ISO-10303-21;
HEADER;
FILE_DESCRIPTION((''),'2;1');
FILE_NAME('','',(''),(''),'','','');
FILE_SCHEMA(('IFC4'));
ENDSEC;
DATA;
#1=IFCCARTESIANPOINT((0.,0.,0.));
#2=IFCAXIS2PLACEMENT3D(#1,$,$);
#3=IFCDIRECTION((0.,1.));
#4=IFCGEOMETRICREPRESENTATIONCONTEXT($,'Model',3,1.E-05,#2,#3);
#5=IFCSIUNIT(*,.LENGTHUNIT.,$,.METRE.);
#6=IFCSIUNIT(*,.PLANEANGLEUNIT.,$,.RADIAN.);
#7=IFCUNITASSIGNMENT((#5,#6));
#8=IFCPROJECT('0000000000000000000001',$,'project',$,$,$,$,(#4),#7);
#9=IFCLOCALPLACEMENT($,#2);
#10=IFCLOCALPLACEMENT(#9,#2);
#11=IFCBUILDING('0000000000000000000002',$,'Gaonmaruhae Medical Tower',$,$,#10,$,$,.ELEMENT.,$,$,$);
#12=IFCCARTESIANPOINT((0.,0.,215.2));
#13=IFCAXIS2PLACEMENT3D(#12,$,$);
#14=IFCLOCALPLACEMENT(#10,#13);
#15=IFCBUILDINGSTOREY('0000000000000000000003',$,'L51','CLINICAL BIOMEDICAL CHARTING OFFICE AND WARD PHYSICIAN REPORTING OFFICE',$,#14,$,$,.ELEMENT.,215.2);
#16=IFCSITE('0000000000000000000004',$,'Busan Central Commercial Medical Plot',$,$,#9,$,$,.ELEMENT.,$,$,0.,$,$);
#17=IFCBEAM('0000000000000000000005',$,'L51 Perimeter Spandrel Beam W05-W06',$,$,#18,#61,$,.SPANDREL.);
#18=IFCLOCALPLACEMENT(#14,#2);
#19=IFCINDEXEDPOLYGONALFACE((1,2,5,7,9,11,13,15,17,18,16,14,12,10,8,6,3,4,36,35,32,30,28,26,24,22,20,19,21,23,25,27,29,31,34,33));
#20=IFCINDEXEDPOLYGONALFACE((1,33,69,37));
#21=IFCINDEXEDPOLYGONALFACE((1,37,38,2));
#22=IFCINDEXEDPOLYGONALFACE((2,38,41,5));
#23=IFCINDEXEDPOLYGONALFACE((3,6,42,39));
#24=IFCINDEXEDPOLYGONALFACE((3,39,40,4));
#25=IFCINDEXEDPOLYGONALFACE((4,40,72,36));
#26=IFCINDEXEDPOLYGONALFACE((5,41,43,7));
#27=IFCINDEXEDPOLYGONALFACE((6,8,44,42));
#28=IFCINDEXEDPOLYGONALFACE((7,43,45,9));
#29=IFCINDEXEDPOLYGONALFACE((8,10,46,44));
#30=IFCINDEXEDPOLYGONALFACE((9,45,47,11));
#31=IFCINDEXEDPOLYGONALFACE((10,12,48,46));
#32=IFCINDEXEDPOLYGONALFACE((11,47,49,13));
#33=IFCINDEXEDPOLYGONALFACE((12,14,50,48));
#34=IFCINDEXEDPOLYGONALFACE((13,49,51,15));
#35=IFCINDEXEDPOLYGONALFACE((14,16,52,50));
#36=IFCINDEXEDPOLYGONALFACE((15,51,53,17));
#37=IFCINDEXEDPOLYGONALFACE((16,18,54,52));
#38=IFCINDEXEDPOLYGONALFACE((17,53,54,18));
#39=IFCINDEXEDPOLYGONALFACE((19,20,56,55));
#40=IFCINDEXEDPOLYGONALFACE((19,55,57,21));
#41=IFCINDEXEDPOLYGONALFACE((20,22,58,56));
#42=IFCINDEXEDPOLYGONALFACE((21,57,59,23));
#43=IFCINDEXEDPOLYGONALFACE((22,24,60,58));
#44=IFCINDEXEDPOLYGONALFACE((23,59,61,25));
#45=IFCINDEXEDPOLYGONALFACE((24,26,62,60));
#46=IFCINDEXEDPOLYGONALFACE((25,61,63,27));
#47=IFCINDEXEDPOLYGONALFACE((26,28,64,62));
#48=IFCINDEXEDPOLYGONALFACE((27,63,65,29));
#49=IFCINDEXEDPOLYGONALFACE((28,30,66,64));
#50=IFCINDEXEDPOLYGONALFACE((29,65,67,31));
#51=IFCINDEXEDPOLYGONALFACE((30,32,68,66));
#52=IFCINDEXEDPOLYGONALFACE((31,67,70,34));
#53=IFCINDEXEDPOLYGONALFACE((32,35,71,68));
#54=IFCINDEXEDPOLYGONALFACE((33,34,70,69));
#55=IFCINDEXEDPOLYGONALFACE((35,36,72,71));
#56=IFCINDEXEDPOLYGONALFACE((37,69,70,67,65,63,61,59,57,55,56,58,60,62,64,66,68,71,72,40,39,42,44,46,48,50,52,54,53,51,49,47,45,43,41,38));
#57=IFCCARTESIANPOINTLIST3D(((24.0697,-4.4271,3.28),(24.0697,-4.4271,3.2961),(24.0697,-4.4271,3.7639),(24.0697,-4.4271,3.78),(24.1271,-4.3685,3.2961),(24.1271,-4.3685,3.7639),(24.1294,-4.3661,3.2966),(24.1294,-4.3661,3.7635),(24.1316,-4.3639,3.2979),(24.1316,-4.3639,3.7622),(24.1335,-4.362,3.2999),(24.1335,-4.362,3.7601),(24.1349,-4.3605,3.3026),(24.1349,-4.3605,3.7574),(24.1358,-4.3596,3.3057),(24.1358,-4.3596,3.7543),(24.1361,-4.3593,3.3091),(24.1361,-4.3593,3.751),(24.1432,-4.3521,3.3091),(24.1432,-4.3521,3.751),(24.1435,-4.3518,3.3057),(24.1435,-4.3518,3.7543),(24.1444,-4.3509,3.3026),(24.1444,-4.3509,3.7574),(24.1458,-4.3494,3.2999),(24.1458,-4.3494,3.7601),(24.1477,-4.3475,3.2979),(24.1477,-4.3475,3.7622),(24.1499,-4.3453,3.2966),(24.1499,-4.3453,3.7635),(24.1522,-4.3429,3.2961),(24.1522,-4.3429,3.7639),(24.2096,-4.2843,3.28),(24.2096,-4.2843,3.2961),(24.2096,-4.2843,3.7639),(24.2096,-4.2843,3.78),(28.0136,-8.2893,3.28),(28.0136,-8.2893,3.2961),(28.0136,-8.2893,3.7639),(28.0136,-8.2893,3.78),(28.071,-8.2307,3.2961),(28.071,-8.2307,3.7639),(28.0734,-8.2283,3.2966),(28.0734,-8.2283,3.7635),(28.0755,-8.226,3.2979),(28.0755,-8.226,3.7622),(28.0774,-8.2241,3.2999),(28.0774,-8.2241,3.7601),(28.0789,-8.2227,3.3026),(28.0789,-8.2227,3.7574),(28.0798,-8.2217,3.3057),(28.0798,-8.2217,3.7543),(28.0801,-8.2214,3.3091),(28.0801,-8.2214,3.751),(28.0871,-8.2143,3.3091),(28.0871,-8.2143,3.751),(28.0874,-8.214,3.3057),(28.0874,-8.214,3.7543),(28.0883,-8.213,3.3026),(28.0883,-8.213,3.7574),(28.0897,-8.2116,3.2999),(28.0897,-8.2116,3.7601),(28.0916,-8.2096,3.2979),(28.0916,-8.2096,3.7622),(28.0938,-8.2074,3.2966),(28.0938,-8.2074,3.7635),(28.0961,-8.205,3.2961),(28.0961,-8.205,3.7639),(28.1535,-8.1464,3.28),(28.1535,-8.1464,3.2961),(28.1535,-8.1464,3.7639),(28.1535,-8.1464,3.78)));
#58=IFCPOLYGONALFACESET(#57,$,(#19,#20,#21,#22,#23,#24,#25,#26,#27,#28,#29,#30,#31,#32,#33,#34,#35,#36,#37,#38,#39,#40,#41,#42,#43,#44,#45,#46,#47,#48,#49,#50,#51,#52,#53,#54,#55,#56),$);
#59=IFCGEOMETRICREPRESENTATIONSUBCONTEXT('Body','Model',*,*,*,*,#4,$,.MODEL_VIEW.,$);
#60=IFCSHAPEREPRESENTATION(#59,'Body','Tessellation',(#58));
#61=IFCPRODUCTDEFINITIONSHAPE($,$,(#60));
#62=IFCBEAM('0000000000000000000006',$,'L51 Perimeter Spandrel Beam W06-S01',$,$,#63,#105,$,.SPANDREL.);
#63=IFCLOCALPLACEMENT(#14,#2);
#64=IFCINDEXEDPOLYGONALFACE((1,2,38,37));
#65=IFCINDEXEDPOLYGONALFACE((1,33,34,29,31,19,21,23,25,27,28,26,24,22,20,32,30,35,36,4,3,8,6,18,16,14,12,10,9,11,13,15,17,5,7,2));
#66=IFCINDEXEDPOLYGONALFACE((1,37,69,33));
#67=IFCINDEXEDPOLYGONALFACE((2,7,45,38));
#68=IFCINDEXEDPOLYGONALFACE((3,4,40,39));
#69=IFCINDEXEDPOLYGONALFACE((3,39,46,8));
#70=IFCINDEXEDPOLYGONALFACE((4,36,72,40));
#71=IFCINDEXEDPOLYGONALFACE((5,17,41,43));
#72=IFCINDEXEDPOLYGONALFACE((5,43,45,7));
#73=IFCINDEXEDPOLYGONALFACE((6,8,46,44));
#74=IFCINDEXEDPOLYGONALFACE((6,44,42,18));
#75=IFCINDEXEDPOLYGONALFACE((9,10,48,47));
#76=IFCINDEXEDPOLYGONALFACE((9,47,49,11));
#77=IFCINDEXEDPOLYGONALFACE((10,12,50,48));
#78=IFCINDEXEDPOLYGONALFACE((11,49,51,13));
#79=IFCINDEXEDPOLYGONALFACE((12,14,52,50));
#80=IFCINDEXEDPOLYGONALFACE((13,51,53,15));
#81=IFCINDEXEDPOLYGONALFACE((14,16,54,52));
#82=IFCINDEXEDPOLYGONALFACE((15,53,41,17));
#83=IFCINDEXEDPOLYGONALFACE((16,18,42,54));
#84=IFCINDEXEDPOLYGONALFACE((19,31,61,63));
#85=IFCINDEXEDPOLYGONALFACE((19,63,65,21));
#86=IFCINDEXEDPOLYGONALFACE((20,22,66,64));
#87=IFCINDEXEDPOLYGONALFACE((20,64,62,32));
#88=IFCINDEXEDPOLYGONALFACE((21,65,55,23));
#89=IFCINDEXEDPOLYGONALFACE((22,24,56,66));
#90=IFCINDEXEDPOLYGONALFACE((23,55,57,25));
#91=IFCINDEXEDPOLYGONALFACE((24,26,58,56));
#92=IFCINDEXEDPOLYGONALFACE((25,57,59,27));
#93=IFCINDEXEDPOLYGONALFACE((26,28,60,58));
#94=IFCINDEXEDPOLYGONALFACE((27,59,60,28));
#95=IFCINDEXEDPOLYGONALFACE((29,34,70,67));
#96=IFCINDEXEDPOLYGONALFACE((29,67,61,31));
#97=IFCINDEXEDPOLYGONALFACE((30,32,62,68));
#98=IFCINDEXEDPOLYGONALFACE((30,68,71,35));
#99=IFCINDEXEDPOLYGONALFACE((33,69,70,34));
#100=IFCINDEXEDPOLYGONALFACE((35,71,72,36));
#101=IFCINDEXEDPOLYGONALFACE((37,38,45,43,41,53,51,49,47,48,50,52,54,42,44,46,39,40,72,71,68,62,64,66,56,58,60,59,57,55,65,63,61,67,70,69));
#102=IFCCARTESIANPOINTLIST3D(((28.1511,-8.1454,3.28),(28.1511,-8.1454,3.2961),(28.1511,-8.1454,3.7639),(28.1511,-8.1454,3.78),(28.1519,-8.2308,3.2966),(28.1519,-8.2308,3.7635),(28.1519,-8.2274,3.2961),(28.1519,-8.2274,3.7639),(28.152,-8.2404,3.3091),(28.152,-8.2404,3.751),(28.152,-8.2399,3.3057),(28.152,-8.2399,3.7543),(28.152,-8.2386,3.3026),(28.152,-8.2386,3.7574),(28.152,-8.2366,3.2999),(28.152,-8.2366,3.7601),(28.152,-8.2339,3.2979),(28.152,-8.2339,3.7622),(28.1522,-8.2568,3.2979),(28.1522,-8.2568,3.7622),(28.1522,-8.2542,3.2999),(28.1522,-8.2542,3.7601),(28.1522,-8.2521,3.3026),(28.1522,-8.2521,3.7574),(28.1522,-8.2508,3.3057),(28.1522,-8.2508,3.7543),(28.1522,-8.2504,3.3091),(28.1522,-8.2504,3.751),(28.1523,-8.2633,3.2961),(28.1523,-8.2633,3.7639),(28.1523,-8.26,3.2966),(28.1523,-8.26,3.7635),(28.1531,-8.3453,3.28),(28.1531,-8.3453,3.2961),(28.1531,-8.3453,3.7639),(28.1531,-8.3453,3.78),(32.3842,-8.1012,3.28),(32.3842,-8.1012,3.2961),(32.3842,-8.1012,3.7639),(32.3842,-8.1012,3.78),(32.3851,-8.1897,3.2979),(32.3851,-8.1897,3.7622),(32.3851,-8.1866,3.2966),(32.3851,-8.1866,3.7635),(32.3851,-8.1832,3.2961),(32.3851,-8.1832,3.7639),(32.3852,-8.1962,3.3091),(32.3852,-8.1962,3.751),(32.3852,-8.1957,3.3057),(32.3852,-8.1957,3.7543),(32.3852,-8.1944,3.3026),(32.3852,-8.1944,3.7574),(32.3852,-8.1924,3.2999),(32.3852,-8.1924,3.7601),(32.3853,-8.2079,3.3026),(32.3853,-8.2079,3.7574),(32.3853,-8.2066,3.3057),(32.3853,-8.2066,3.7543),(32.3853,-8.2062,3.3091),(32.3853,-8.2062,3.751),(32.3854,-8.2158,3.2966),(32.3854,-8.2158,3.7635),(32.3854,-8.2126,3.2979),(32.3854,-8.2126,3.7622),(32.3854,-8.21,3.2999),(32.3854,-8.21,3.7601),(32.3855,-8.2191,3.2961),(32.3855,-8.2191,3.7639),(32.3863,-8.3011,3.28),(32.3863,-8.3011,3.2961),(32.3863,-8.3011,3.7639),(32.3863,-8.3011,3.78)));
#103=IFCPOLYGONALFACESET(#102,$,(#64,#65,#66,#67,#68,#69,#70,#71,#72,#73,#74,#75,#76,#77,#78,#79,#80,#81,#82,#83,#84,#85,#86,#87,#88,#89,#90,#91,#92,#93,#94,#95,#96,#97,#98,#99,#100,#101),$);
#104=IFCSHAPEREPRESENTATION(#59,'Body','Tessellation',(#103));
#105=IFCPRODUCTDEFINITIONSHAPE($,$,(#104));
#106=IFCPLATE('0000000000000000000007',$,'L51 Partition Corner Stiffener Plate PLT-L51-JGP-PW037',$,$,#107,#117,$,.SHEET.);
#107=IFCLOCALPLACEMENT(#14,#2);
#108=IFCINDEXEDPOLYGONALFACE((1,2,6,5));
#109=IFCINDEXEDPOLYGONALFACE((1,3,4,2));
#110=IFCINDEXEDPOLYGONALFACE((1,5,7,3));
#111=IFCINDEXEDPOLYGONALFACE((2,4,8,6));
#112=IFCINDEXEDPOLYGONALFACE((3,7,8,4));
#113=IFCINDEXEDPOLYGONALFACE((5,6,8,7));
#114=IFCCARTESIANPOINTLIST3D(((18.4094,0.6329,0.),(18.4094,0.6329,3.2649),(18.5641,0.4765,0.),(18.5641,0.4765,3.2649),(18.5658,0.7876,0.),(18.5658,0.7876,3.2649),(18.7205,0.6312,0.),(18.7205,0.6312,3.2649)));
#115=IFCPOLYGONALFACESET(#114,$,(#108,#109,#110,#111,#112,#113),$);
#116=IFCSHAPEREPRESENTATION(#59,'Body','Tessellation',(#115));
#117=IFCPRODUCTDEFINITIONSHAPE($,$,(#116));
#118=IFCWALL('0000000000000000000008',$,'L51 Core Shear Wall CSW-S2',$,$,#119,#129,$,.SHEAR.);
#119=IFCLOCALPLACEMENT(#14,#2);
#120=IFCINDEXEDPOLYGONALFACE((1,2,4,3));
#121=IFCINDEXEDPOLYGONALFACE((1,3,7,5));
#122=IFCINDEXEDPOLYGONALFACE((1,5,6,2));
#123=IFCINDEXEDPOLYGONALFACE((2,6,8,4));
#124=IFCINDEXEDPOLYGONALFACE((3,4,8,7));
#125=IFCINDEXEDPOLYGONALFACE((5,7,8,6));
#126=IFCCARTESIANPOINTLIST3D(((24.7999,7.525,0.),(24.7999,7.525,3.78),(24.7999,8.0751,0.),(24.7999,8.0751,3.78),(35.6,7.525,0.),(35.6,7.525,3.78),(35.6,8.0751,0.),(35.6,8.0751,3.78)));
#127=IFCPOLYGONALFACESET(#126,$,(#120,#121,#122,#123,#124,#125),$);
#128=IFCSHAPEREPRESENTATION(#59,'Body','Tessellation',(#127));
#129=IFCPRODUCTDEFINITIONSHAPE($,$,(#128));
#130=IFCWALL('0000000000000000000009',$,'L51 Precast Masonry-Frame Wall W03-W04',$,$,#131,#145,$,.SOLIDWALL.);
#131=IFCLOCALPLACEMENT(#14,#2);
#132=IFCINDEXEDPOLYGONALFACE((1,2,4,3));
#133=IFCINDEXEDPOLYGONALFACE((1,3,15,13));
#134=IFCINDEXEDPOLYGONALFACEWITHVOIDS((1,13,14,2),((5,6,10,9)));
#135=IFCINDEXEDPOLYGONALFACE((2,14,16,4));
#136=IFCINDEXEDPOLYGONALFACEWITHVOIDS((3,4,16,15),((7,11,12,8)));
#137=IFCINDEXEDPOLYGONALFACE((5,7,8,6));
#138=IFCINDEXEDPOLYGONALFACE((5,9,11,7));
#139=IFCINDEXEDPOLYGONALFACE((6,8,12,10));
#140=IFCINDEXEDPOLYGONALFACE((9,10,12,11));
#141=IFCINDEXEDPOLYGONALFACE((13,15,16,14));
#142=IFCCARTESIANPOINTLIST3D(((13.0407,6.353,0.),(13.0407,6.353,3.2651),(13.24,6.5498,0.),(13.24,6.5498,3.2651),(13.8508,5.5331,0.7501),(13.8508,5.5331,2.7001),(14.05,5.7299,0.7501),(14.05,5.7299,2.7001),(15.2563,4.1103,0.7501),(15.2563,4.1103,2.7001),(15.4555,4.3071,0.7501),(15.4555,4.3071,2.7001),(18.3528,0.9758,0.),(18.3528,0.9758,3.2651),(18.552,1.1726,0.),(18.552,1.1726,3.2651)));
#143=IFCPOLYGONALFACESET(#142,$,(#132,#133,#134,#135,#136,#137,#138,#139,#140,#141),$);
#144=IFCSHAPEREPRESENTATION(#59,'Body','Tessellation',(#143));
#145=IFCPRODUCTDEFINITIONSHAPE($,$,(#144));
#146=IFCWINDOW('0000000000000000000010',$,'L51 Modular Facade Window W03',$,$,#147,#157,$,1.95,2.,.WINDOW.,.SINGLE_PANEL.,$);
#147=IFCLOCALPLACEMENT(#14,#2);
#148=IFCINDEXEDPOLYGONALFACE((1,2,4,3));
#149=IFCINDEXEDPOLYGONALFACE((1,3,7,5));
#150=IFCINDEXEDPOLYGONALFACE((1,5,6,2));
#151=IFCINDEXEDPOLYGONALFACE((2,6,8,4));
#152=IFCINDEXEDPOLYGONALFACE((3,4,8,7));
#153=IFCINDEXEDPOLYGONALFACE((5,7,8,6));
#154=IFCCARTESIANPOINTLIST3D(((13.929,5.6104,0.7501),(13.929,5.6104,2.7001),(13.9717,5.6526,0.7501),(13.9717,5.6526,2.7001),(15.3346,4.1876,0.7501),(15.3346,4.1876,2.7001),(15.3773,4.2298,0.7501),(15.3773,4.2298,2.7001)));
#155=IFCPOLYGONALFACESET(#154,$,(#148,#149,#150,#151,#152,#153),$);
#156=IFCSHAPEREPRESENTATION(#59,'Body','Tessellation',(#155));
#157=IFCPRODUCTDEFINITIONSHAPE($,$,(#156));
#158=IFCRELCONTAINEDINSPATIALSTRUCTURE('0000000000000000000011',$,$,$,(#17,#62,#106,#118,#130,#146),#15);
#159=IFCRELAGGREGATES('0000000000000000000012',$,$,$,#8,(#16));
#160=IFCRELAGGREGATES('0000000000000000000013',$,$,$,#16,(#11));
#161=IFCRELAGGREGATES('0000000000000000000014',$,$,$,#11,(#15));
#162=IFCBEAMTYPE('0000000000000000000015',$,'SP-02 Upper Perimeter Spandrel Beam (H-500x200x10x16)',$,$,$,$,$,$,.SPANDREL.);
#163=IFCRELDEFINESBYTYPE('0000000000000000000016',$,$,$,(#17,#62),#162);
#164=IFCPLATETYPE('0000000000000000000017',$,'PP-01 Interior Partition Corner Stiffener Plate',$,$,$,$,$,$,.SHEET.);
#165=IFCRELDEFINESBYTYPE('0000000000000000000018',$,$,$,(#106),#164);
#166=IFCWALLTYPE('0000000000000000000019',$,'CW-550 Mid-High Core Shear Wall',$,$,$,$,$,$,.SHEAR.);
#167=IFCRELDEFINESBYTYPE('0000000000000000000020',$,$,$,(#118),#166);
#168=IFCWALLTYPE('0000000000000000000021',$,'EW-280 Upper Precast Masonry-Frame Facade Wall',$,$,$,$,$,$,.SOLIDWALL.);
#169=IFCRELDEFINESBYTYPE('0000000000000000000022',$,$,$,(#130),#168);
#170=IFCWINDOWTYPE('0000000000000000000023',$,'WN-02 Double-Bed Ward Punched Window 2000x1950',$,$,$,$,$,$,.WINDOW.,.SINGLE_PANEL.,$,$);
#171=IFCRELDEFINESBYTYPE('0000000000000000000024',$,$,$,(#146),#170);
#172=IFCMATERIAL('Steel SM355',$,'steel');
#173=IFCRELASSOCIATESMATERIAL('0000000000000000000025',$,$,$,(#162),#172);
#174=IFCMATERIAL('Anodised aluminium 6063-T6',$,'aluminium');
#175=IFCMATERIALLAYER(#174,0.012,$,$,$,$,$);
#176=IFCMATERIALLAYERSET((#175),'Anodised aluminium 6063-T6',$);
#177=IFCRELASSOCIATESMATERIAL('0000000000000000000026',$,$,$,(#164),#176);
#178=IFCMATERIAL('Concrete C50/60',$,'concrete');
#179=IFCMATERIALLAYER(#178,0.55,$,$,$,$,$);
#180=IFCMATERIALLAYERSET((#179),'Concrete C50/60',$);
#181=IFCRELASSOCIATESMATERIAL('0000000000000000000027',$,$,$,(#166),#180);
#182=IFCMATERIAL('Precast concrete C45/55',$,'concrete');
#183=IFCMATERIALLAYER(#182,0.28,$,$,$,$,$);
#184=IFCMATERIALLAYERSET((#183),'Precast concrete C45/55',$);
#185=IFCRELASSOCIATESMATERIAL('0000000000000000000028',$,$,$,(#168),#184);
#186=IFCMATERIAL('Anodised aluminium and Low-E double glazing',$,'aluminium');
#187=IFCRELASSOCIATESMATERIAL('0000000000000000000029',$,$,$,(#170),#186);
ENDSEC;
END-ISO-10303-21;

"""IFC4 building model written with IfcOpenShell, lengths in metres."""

from ifc_helpers import new_model, si_unit, direction, frame, frame_2d, origin, origin_2d, place, context, subcontext, project, spatial, rectangle, i_section, extrude, material, layer, layer_set, material_profile, profile_set, type_object, element, fill, save


model = new_model("IFC4")

# Units and contexts
model_context = context("Model", 3, precision=1e-05, world=origin(), true_north=direction((0.0, 1.0)))
body_context = subcontext(model_context, "Body", "Model", "MODEL_VIEW")
ifc_project = project(units=[si_unit("LENGTHUNIT", "METRE"), si_unit("PLANEANGLEUNIT", "RADIAN")], contexts=[model_context])

# Site, building, storey
site_placement = place(None, origin())
site = spatial("IfcSite", under=ifc_project, at=site_placement, Name="Busan Central Commercial Medical Plot", CompositionType="ELEMENT", RefElevation=0.0)
building_placement = place(site_placement, origin())
building = spatial("IfcBuilding", under=site, at=building_placement, Name="Gaonmaruhae Medical Tower", CompositionType="ELEMENT")
storey_placement = place(building_placement, frame((0.0, 0.0, 215.2)))
storey = spatial("IfcBuildingStorey", under=building, at=storey_placement, Name="L51", Description="CLINICAL BIOMEDICAL CHARTING OFFICE AND WARD PHYSICIAN REPORTING OFFICE", CompositionType="ELEMENT", Elevation=215.2)

# Shared definitions
ifc_material_1 = material(Name="Concrete C50/60", Category="concrete")

# Beams
ifc_material_2 = material(Name="Steel SM355", Category="steel")
ifc_material_profile_1 = material_profile(ifc_material_2, i_section(OverallWidth=0.2, OverallDepth=0.5, WebThickness=0.01, FlangeThickness=0.0161, FilletRadius=0.0129, at=origin_2d()), Name="H-500x200x10x16")
ifc_profile_set_1 = profile_set([ifc_material_profile_1], Name="Steel SM355")
beam_type_1 = type_object("IfcBeamType", Name="SP-02 Upper Perimeter Spandrel Beam (H-500x200x10x16)", PredefinedType="SPANDREL", material=ifc_profile_set_1)
beam_1_placement = place(storey_placement, frame((24.1396, -4.3557, 3.53), z_axis=(0.714476, -0.69966, 0.0), x_axis=(0.69966, 0.714476, 0.0)))
element("IfcBeam", 1, at=beam_1_placement, inside=storey, type_object=beam_type_1, Name="L51 Perimeter Spandrel Beam W05-W06", PredefinedType="SPANDREL", context=body_context, shape_type="SweptSolid", body=[
    extrude(i_section(OverallWidth=0.2, OverallDepth=0.5, WebThickness=0.01, FlangeThickness=0.0161, FilletRadius=0.0129, at=origin_2d()), origin(), (0.0, 0.0, 1.0), 5.52),
])
beam_2_placement = place(storey_placement, frame((28.1521, -8.2454, 3.53), z_axis=(0.999946, 0.010438, 0.0), x_axis=(-0.010438, 0.999946, 0.0)))
element("IfcBeam", 2, at=beam_2_placement, inside=storey, type_object=beam_type_1, Name="L51 Perimeter Spandrel Beam W06-S01", PredefinedType="SPANDREL", context=body_context, shape_type="SweptSolid", body=[
    extrude(i_section(OverallWidth=0.2, OverallDepth=0.5, WebThickness=0.01, FlangeThickness=0.0161, FilletRadius=0.0129, at=origin_2d()), origin(), (0.0, 0.0, 1.0), 4.2334),
])

# Plate
ifc_material_3 = material(Name="Anodised aluminium 6063-T6", Category="aluminium")
ifc_layer_1 = layer(ifc_material_3, 0.012)
ifc_layer_set_1 = layer_set([ifc_layer_1], Name="Anodised aluminium 6063-T6")
plate_type = type_object("IfcPlateType", Name="PP-01 Interior Partition Corner Stiffener Plate", PredefinedType="SHEET", material=ifc_layer_set_1)
plate_placement = place(storey_placement, frame((18.5649, 0.6321, 0.0), z_axis=(0.0, 0.0, 1.0), x_axis=(-0.703283, 0.71091, 0.0)))
element("IfcPlate", 3, at=plate_placement, inside=storey, type_object=plate_type, Name="L51 Partition Corner Stiffener Plate PLT-L51-JGP-PW037", PredefinedType="SHEET", context=body_context, shape_type="SweptSolid", body=[
    extrude(rectangle(XDim=0.22, YDim=0.22, at=origin_2d()), origin(), (0.0, 0.0, 1.0), 3.2649),
])

# Wall
ifc_layer_2 = layer(ifc_material_1, 0.55)
ifc_layer_set_2 = layer_set([ifc_layer_2], Name="Concrete C50/60")
wall_type_1 = type_object("IfcWallType", Name="CW-550 Mid-High Core Shear Wall", PredefinedType="SHEAR", material=ifc_layer_set_2)
wall_1_placement = place(storey_placement, frame((24.8, 7.8, 0.0), z_axis=(0.0, 0.0, 1.0), x_axis=(1.0, 0.0, 0.0)))
element("IfcWall", 4, at=wall_1_placement, inside=storey, type_object=wall_type_1, Name="L51 Core Shear Wall CSW-S2", PredefinedType="SHEAR", context=body_context, shape_type="SweptSolid", body=[
    extrude(rectangle(XDim=10.8, YDim=0.55, at=frame_2d((5.3999, 0.0))), origin(), (0.0, 0.0, 1.0), 3.78),
])

# Wall, opening, window
ifc_material_4 = material(Name="Precast concrete C45/55", Category="concrete")
ifc_layer_3 = layer(ifc_material_4, 0.28)
ifc_layer_set_3 = layer_set([ifc_layer_3], Name="Precast concrete C45/55")
wall_type_2 = type_object("IfcWallType", Name="EW-280 Upper Precast Masonry-Frame Facade Wall", PredefinedType="SOLIDWALL", material=ifc_layer_set_3)
wall_2_placement = place(storey_placement, frame((18.4524, 1.0742, 0.0), z_axis=(0.0, 0.0, 1.0), x_axis=(-0.702782, 0.711406, 0.0)))
wall_2 = element("IfcWall", 5, at=wall_2_placement, inside=storey, type_object=wall_type_2, Name="L51 Precast Masonry-Frame Wall W03-W04", PredefinedType="SOLIDWALL", context=body_context, shape_type="SweptSolid", body=[
    extrude(rectangle(XDim=7.5586, YDim=0.28, at=frame_2d((3.7793, 0.0))), origin(), (0.0, 0.0, 1.0), 3.2651),
])
opening_1_placement = place(wall_2_placement, frame((4.406, 0.0, 0.75)))
opening_1 = element("IfcOpeningElement", 6, at=opening_1_placement, cuts=wall_2, PredefinedType="OPENING", context=body_context, shape_type="SweptSolid", body=[
    extrude(rectangle(XDim=2.0, YDim=1.95, at=frame_2d((1.0, 0.9751))), frame((0.0, 0.1499, 0.0), z_axis=(0.0, -1.0, 0.0), x_axis=(1.0, 0.0, 0.0)), (0.0, 0.0, 1.0), 0.3),
])
ifc_material_5 = material(Name="Anodised aluminium and Low-E double glazing", Category="aluminium")
window_type_1 = type_object("IfcWindowType", Name="WN-02 Double-Bed Ward Punched Window 2000x1950", PartitioningType="SINGLE_PANEL", PredefinedType="WINDOW", material=ifc_material_5)
window_1_placement = place(opening_1_placement, origin())
window_1 = element("IfcWindow", 7, at=window_1_placement, inside=storey, type_object=window_type_1, Name="L51 Modular Facade Window W03", OverallHeight=1.95, OverallWidth=2.0, PartitioningType="SINGLE_PANEL", PredefinedType="WINDOW", context=body_context, shape_type="SweptSolid", body=[
    extrude(rectangle(XDim=2.0, YDim=1.95, at=frame_2d((1.0, 0.9751))), frame((0.0, 0.03, 0.0), z_axis=(0.0, -1.0, 0.0), x_axis=(1.0, 0.0, 0.0)), (0.0, 0.0, 1.0), 0.0601),
])
fill(opening_1, window_1)

save(model, "model.ifc")
